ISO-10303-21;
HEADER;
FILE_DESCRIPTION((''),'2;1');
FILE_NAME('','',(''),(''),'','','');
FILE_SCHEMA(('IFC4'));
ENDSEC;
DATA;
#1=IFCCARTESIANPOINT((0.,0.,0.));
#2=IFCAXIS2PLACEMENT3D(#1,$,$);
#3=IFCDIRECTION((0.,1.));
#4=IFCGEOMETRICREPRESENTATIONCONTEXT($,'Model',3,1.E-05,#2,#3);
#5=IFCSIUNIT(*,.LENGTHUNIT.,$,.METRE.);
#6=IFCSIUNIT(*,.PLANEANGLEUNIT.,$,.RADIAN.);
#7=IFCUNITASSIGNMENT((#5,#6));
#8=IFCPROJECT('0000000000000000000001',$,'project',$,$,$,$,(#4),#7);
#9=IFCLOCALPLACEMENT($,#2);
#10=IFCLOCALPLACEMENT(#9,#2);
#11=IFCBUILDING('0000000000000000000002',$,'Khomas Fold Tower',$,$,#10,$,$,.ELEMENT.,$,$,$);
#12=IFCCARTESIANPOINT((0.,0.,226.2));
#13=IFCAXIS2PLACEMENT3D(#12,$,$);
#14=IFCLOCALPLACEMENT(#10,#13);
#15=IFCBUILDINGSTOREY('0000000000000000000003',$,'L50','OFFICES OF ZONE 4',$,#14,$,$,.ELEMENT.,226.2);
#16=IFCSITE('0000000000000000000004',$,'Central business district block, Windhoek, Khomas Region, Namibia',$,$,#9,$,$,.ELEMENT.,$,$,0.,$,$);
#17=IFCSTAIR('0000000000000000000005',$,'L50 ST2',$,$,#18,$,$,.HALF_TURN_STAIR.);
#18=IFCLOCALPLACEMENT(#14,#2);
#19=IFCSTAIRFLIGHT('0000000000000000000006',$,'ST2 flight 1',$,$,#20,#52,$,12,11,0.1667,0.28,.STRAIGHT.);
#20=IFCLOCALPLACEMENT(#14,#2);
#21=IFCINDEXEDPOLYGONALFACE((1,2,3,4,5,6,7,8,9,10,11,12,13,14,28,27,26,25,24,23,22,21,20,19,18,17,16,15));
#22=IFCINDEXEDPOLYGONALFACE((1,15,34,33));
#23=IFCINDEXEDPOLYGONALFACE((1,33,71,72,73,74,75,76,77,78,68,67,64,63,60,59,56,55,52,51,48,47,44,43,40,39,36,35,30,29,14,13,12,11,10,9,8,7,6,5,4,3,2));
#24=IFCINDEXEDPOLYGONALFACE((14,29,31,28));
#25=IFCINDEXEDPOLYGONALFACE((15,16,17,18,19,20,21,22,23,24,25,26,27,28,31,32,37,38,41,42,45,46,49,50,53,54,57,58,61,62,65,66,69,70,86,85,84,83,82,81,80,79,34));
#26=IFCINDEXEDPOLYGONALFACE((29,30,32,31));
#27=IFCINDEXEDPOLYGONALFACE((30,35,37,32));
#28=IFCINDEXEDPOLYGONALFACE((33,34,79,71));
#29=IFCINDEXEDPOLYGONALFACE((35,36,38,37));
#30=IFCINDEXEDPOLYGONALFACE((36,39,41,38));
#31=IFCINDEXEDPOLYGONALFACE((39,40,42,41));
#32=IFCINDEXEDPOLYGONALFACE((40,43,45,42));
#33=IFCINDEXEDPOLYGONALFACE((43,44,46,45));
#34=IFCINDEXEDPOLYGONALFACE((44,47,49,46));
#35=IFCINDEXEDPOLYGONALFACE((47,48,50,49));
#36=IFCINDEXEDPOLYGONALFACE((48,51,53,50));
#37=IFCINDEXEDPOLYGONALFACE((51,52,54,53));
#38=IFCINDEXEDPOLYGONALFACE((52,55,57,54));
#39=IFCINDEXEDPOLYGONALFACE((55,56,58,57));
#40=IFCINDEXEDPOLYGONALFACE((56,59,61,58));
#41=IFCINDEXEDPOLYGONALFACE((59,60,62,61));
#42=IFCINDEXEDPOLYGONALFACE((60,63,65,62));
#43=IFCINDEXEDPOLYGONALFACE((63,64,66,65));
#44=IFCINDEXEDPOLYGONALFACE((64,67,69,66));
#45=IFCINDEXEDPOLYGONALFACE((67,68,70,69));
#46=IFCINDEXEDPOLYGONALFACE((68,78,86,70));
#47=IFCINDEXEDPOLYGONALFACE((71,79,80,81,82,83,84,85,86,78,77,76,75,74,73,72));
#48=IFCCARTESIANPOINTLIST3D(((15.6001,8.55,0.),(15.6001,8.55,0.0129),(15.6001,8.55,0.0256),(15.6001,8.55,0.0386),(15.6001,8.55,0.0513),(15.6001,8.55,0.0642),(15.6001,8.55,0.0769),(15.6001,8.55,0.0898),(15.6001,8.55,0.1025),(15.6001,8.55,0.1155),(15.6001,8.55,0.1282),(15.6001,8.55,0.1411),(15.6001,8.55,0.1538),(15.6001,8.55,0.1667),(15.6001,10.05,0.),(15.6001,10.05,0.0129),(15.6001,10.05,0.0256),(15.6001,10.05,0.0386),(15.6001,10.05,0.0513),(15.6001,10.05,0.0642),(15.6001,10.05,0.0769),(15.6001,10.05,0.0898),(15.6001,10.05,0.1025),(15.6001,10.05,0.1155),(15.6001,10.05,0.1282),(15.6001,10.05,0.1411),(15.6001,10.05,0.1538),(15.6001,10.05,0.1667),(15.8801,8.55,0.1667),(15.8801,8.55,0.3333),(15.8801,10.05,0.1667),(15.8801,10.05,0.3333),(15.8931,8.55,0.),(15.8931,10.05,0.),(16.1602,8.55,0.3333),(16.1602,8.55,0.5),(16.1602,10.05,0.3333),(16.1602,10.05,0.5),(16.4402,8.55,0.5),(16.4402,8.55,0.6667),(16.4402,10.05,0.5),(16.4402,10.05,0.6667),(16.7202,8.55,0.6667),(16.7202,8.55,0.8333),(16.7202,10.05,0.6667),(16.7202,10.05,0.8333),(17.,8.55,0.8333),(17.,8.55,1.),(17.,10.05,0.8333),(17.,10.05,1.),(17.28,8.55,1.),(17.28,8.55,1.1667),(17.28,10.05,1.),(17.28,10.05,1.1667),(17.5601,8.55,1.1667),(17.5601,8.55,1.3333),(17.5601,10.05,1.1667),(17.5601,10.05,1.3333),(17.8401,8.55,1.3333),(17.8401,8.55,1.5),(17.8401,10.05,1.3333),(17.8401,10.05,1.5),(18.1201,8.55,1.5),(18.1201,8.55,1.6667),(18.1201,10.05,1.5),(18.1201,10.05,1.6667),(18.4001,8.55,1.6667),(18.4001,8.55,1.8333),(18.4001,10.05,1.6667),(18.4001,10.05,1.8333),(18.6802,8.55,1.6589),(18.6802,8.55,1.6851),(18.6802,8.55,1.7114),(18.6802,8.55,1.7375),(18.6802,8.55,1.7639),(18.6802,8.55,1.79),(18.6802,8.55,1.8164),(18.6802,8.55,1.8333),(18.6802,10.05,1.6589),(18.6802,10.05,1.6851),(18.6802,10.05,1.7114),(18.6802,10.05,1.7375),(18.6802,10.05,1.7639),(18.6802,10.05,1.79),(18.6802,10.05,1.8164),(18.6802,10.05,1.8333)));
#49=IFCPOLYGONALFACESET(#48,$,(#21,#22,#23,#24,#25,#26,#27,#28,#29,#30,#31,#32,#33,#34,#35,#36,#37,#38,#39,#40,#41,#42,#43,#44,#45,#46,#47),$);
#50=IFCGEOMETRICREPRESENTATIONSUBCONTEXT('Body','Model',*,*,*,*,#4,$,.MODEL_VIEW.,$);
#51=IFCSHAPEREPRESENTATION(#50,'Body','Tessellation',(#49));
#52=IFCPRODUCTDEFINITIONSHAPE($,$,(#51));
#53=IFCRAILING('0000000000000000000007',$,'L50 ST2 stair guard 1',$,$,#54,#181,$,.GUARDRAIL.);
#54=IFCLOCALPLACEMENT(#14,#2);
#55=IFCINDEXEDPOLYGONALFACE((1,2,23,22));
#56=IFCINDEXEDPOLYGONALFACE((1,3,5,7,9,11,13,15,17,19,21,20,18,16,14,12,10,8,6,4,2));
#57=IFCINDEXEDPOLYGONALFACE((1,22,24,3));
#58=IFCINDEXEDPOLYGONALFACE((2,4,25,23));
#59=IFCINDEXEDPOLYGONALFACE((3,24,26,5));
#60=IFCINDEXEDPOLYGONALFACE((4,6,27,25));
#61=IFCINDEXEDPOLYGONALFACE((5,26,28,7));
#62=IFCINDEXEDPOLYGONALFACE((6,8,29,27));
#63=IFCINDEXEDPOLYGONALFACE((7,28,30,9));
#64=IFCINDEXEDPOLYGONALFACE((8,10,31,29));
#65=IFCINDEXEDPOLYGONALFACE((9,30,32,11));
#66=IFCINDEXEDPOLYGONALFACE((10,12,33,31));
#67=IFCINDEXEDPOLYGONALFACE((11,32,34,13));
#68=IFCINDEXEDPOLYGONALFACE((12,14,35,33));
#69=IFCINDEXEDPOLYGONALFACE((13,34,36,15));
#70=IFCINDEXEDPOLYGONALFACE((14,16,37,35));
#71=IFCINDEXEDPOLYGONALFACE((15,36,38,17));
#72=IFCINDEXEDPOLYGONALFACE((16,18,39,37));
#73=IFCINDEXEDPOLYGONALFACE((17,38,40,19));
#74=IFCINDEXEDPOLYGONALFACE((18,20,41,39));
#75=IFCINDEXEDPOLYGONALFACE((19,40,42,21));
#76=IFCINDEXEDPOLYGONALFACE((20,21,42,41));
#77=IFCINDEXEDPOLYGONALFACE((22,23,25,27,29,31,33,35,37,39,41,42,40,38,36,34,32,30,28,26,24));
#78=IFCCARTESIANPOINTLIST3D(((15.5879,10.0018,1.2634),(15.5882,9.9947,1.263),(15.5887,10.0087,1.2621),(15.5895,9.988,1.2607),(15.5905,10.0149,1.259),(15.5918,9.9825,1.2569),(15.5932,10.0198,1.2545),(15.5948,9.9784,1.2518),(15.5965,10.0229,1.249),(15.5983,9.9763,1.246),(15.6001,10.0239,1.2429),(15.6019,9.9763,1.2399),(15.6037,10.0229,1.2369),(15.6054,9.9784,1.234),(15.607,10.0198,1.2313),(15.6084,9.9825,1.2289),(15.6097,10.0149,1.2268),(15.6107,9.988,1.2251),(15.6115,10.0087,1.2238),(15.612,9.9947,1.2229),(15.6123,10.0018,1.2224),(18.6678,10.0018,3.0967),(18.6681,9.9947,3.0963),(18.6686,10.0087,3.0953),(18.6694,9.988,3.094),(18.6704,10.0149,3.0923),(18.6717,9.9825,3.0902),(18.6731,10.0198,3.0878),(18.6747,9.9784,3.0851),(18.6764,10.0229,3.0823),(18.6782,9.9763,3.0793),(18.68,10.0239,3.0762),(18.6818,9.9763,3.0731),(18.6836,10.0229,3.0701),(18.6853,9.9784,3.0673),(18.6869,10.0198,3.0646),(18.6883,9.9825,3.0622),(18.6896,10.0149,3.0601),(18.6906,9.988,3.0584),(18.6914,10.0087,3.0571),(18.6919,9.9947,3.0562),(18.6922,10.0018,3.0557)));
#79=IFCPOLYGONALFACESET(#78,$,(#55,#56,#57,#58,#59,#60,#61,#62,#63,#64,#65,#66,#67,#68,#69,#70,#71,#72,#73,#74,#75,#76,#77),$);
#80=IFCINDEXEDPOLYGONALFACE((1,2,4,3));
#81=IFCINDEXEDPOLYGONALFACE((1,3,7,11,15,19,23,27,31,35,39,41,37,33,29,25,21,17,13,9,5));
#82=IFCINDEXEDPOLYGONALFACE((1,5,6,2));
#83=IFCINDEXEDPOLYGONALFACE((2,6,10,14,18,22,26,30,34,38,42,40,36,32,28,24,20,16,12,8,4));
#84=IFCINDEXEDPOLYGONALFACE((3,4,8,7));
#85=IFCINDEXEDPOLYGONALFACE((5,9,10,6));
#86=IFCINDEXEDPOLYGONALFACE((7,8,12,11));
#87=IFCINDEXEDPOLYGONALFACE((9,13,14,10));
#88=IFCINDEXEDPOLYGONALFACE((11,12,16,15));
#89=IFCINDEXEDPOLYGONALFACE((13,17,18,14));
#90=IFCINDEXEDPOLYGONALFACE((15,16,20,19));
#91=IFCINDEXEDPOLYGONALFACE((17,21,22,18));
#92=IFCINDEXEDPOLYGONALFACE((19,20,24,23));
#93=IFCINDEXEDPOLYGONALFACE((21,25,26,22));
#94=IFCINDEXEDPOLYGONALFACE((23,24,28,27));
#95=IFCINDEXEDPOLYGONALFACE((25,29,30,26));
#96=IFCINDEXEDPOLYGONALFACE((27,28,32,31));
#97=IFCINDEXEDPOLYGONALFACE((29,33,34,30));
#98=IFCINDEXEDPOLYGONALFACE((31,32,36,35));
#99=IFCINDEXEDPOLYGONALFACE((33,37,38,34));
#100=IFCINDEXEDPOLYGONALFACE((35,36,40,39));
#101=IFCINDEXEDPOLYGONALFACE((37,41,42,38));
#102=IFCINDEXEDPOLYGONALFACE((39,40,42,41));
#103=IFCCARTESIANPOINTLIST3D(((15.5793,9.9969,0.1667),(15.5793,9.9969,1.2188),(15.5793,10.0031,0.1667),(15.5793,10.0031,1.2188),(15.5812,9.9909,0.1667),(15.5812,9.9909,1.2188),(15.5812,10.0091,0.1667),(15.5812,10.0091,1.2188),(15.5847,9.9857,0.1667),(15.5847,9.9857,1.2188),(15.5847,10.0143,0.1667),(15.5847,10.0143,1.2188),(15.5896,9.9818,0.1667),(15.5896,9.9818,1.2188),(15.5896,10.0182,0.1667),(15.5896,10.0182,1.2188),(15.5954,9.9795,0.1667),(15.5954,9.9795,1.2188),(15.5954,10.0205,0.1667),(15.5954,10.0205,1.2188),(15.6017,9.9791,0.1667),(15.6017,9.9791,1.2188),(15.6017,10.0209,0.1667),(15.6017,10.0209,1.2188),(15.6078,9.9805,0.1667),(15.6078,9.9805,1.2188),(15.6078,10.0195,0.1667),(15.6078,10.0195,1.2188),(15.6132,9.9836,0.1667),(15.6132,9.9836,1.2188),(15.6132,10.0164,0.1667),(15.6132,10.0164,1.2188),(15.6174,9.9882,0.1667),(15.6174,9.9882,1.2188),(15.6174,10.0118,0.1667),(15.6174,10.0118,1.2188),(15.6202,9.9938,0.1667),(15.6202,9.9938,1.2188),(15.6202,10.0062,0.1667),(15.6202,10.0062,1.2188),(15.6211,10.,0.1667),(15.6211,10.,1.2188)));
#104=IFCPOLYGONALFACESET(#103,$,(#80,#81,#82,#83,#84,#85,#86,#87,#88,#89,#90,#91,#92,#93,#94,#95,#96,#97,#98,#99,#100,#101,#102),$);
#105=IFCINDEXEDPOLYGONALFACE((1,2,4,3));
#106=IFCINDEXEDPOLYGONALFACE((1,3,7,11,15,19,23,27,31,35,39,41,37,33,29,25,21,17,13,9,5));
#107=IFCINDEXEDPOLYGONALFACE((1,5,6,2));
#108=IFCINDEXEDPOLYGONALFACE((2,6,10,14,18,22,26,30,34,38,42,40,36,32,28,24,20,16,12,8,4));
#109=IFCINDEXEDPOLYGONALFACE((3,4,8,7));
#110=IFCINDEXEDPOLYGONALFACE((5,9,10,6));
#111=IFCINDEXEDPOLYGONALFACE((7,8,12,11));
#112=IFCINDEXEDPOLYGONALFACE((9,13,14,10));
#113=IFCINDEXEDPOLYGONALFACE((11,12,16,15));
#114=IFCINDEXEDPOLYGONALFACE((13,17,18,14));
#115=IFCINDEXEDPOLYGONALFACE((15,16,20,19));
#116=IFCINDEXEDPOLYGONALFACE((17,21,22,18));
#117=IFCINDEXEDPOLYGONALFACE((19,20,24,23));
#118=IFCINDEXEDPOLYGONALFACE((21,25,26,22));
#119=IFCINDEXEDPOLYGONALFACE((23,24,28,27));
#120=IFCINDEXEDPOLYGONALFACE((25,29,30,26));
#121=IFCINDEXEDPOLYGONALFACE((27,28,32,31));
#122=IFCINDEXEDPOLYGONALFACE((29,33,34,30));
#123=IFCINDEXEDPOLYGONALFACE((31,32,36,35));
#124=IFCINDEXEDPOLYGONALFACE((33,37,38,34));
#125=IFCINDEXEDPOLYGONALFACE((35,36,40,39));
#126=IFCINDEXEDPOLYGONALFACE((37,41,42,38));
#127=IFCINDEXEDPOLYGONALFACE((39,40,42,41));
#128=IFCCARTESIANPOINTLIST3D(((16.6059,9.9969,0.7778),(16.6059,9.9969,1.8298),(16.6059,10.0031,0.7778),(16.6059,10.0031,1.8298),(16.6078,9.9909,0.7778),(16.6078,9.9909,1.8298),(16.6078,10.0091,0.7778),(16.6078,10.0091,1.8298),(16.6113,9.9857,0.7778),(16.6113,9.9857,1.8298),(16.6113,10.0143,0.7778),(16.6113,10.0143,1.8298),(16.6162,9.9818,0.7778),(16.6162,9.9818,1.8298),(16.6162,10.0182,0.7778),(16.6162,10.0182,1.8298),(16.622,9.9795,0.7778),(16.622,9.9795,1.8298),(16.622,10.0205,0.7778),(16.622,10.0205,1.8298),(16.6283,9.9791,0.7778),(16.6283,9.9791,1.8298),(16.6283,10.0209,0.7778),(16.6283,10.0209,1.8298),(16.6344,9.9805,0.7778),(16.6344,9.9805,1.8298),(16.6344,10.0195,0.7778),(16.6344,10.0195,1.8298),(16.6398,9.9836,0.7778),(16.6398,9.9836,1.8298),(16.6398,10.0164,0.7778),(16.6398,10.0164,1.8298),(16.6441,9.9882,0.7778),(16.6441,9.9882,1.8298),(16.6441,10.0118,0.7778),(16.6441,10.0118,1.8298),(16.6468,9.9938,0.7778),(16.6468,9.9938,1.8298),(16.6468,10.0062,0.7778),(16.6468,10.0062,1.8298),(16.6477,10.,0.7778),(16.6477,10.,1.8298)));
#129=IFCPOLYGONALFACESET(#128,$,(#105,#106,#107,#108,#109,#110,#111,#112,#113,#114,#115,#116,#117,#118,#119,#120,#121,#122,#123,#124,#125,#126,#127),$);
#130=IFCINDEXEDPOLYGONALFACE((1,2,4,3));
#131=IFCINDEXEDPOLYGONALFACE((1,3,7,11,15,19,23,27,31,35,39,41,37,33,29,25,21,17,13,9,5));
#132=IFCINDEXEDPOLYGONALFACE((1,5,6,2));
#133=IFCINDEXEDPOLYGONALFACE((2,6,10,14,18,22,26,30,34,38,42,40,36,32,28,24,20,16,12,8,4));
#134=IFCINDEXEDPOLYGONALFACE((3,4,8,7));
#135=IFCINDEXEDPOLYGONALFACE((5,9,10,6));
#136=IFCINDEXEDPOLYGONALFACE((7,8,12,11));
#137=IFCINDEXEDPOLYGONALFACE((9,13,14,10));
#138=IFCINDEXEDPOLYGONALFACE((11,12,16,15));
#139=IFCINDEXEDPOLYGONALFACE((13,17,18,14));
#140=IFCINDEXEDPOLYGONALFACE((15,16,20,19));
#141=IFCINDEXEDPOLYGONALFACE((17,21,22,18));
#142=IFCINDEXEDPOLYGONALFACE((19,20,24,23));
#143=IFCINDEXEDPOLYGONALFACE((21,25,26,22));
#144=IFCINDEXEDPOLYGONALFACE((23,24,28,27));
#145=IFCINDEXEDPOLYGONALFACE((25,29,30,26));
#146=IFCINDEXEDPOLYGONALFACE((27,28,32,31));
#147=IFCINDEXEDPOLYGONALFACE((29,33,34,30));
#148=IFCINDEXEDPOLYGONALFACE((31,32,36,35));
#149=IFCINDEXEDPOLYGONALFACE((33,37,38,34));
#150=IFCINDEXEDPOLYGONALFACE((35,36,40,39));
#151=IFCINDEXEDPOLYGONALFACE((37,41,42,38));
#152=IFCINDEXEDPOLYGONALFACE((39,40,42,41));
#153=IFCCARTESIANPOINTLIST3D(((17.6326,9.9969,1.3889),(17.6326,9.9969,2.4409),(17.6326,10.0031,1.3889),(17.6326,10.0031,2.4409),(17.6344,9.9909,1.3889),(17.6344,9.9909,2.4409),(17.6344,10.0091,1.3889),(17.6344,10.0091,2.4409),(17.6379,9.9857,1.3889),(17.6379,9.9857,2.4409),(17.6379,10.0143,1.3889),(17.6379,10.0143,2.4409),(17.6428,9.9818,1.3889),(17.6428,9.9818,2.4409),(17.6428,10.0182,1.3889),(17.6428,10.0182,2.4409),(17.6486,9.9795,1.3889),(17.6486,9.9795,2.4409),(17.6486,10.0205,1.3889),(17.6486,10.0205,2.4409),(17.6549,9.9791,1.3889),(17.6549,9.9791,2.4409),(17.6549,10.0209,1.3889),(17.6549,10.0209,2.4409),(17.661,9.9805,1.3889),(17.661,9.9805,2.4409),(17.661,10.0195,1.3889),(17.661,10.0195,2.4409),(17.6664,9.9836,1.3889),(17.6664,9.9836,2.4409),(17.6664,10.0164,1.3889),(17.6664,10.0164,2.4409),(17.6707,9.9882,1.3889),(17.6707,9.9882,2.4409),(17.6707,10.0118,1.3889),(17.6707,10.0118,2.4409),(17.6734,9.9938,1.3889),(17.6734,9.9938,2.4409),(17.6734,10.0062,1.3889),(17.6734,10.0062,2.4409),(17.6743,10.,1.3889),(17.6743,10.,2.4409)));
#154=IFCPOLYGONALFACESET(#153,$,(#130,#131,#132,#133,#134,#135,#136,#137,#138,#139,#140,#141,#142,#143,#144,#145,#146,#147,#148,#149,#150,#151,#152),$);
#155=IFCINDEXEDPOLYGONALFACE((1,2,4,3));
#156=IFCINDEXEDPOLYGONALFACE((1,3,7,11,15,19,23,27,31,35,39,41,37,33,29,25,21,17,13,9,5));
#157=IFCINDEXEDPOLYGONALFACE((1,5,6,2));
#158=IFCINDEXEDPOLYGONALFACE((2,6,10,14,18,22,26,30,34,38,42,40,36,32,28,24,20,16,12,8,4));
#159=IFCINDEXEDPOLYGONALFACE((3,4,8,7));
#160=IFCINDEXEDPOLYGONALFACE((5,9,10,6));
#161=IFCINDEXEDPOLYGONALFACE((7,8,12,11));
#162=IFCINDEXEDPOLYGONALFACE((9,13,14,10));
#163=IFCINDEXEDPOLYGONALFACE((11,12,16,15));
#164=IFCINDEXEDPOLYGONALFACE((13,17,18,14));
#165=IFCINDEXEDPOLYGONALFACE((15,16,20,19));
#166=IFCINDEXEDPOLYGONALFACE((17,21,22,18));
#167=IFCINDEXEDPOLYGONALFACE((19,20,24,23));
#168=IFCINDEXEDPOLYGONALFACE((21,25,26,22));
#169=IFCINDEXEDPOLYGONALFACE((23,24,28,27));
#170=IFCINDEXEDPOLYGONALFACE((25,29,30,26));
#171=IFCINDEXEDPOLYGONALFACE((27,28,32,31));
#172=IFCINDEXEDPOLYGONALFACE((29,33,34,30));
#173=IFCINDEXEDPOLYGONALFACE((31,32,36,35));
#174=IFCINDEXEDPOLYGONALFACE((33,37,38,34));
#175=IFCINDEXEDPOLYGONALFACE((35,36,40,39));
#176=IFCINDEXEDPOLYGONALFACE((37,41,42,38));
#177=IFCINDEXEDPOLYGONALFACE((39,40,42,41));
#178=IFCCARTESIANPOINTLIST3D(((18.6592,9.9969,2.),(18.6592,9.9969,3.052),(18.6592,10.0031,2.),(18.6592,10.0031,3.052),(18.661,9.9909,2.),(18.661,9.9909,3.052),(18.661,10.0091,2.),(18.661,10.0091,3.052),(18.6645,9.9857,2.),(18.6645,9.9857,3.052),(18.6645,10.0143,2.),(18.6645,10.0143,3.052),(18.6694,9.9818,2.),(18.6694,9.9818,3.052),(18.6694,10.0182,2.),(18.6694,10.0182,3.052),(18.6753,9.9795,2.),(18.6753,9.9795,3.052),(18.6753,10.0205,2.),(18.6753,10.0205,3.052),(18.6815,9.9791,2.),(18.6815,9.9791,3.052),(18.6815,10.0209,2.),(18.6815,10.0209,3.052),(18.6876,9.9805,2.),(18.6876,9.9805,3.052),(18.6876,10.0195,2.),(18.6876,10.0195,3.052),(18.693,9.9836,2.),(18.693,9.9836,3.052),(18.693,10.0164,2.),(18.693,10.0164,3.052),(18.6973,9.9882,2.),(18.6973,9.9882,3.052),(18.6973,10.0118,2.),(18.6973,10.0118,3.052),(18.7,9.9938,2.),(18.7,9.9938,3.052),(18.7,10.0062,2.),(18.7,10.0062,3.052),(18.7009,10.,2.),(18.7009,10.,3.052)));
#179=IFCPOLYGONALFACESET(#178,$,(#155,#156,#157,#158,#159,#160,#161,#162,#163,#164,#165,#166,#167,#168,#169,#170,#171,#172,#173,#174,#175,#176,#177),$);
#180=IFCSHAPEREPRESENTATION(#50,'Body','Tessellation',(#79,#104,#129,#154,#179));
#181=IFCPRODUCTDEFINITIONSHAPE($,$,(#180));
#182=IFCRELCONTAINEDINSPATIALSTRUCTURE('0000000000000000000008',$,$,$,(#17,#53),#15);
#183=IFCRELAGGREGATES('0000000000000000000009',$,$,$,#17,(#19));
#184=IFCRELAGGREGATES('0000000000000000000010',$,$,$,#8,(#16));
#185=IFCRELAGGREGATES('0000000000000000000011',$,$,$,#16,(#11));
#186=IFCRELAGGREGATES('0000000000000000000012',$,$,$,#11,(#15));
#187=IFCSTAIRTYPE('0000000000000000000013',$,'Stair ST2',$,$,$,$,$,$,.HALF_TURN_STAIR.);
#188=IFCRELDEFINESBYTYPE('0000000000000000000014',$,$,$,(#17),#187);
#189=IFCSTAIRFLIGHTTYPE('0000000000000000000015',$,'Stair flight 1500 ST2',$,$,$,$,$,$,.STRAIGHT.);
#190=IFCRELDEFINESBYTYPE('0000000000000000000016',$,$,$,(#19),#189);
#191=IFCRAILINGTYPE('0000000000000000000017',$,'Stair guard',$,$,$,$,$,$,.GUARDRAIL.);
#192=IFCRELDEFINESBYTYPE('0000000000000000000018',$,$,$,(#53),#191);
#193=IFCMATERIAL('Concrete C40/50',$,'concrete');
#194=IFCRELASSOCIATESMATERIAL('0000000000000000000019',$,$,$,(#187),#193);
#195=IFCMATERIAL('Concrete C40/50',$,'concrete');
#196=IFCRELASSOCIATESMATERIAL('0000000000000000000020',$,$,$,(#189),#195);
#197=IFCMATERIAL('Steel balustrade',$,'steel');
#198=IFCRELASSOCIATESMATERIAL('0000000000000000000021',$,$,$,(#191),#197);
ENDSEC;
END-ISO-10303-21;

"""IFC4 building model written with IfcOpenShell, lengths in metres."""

from ifc_helpers import new_model, si_unit, direction, frame, origin, origin_2d, place, context, subcontext, project, spatial, polyline, circle, outline, extrude, source, transform, mapped, material, type_object, element, aggregate, save


model = new_model("IFC4")

# Units and contexts
model_context = context("Model", 3, precision=1e-05, world=origin(), true_north=direction((0.0, 1.0)))
body_context = subcontext(model_context, "Body", "Model", "MODEL_VIEW")
ifc_project = project(units=[si_unit("LENGTHUNIT", "METRE"), si_unit("PLANEANGLEUNIT", "RADIAN")], contexts=[model_context])

# Site, building, storey
site_placement = place(None, origin())
site = spatial("IfcSite", under=ifc_project, at=site_placement, Name="Central business district block, Windhoek, Khomas Region, Namibia", CompositionType="ELEMENT", RefElevation=0.0)
building_placement = place(site_placement, origin())
building = spatial("IfcBuilding", under=site, at=building_placement, Name="Khomas Fold Tower", CompositionType="ELEMENT")
storey_placement = place(building_placement, frame((0.0, 0.0, 226.2)))
storey = spatial("IfcBuildingStorey", under=building, at=storey_placement, Name="L50", Description="OFFICES OF ZONE 4", CompositionType="ELEMENT", Elevation=226.2)

# Stair, stair flight
ifc_material_1 = material(Name="Concrete C40/50", Category="concrete")
stair_type = type_object("IfcStairType", Name="Stair ST2", PredefinedType="HALF_TURN_STAIR", material=ifc_material_1)
stair_placement = place(storey_placement, origin())
stair = element("IfcStair", 1, at=stair_placement, inside=storey, type_object=stair_type, Name="L50 ST2", PredefinedType="HALF_TURN_STAIR")
ifc_material_2 = material(Name="Concrete C40/50", Category="concrete")
stair_flight_type = type_object("IfcStairFlightType", Name="Stair flight 1500 ST2", PredefinedType="STRAIGHT", material=ifc_material_2)
shared_shape_1 = source(origin(), body_context, "Body", "SweptSolid", [
    extrude(outline(polyline([(0.0, 0.0), (0.0, 0.0129), (0.0, 0.0256), (0.0, 0.0386), (0.0, 0.0513), (0.0, 0.0642), (0.0, 0.0769), (0.0, 0.0898), (0.0, 0.1025), (0.0, 0.1155), (0.0, 0.1282), (0.0, 0.1411), (0.0, 0.1538), (0.0, 0.1667), (0.28, 0.1667), (0.28, 0.3333), (0.5601, 0.3333), (0.5601, 0.5), (0.8401, 0.5), (0.8401, 0.6667), (1.1201, 0.6667), (1.1201, 0.8333), (1.3999, 0.8333), (1.3999, 1.0), (1.6799, 1.0), (1.6799, 1.1667), (1.96, 1.1667), (1.96, 1.3333), (2.24, 1.3333), (2.24, 1.5), (2.52, 1.5), (2.52, 1.6667), (2.8, 1.6667), (2.8, 1.8333), (3.0801, 1.8333), (3.0801, 2.0), (3.0801, 1.9739), (3.0801, 1.9475), (3.0801, 1.9214), (3.0801, 1.895), (3.0801, 1.8689), (3.0801, 1.8425), (3.0801, 1.8164), (3.0801, 1.79), (3.0801, 1.7639), (3.0801, 1.7375), (3.0801, 1.7114), (3.0801, 1.6851), (3.0801, 1.6589), (0.293, 0.0), (0.0, 0.0)])), frame((0.0, 0.75, 0.0), z_axis=(0.0, -1.0, 0.0), x_axis=(1.0, 0.0, 0.0)), (0.0, 0.0, 1.0), 1.5),
])
stair_flight_placement = place(storey_placement, frame((15.6001, 9.3, 0.0), z_axis=(0.0, 0.0, 1.0), x_axis=(1.0, 0.0, 0.0)))
stair_flight = element("IfcStairFlight", 2, at=stair_flight_placement, type_object=stair_flight_type, Name="ST2 flight 1", NumberOfRisers=12, NumberOfTreads=11, PredefinedType="STRAIGHT", RiserHeight=0.1667, TreadLength=0.28, context=body_context, shape_type="MappedRepresentation", body=[
    mapped(shared_shape_1, transform((0.0, 0.0, 0.0))),
])
aggregate(stair, [stair_flight])

# Railing
ifc_material_3 = material(Name="Steel balustrade", Category="steel")
railing_type_1 = type_object("IfcRailingType", Name="Stair guard", PredefinedType="GUARDRAIL", material=ifc_material_3)
shared_shape_2 = source(origin(), body_context, "Body", "SweptSolid", [
    extrude(circle(Radius=0.0239, at=origin_2d()), frame((0.0, 0.0, 1.0762), z_axis=(0.859291, 0.0, 0.511487), x_axis=(0.0, 1.0, 0.0)), (0.0, 0.0, 1.0), 3.5842),
    extrude(circle(Radius=0.021, at=origin_2d()), origin(), (0.0, 0.0, 1.0), 1.052),
    extrude(circle(Radius=0.021, at=origin_2d()), frame((1.0266, 0.0, 0.6111)), (0.0, 0.0, 1.0), 1.052),
    extrude(circle(Radius=0.021, at=origin_2d()), frame((2.0532, 0.0, 1.2222)), (0.0, 0.0, 1.0), 1.052),
    extrude(circle(Radius=0.021, at=origin_2d()), frame((3.0798, 0.0, 1.8333)), (0.0, 0.0, 1.0), 1.052),
])
railing_1_placement = place(storey_placement, frame((15.6001, 10.0, 0.1667)))
element("IfcRailing", 3, at=railing_1_placement, inside=storey, type_object=railing_type_1, Name="L50 ST2 stair guard 1", PredefinedType="GUARDRAIL", context=body_context, shape_type="MappedRepresentation", body=[
    mapped(shared_shape_2, transform((0.0, 0.0, 0.0))),
])

save(model, "model.ifc")
